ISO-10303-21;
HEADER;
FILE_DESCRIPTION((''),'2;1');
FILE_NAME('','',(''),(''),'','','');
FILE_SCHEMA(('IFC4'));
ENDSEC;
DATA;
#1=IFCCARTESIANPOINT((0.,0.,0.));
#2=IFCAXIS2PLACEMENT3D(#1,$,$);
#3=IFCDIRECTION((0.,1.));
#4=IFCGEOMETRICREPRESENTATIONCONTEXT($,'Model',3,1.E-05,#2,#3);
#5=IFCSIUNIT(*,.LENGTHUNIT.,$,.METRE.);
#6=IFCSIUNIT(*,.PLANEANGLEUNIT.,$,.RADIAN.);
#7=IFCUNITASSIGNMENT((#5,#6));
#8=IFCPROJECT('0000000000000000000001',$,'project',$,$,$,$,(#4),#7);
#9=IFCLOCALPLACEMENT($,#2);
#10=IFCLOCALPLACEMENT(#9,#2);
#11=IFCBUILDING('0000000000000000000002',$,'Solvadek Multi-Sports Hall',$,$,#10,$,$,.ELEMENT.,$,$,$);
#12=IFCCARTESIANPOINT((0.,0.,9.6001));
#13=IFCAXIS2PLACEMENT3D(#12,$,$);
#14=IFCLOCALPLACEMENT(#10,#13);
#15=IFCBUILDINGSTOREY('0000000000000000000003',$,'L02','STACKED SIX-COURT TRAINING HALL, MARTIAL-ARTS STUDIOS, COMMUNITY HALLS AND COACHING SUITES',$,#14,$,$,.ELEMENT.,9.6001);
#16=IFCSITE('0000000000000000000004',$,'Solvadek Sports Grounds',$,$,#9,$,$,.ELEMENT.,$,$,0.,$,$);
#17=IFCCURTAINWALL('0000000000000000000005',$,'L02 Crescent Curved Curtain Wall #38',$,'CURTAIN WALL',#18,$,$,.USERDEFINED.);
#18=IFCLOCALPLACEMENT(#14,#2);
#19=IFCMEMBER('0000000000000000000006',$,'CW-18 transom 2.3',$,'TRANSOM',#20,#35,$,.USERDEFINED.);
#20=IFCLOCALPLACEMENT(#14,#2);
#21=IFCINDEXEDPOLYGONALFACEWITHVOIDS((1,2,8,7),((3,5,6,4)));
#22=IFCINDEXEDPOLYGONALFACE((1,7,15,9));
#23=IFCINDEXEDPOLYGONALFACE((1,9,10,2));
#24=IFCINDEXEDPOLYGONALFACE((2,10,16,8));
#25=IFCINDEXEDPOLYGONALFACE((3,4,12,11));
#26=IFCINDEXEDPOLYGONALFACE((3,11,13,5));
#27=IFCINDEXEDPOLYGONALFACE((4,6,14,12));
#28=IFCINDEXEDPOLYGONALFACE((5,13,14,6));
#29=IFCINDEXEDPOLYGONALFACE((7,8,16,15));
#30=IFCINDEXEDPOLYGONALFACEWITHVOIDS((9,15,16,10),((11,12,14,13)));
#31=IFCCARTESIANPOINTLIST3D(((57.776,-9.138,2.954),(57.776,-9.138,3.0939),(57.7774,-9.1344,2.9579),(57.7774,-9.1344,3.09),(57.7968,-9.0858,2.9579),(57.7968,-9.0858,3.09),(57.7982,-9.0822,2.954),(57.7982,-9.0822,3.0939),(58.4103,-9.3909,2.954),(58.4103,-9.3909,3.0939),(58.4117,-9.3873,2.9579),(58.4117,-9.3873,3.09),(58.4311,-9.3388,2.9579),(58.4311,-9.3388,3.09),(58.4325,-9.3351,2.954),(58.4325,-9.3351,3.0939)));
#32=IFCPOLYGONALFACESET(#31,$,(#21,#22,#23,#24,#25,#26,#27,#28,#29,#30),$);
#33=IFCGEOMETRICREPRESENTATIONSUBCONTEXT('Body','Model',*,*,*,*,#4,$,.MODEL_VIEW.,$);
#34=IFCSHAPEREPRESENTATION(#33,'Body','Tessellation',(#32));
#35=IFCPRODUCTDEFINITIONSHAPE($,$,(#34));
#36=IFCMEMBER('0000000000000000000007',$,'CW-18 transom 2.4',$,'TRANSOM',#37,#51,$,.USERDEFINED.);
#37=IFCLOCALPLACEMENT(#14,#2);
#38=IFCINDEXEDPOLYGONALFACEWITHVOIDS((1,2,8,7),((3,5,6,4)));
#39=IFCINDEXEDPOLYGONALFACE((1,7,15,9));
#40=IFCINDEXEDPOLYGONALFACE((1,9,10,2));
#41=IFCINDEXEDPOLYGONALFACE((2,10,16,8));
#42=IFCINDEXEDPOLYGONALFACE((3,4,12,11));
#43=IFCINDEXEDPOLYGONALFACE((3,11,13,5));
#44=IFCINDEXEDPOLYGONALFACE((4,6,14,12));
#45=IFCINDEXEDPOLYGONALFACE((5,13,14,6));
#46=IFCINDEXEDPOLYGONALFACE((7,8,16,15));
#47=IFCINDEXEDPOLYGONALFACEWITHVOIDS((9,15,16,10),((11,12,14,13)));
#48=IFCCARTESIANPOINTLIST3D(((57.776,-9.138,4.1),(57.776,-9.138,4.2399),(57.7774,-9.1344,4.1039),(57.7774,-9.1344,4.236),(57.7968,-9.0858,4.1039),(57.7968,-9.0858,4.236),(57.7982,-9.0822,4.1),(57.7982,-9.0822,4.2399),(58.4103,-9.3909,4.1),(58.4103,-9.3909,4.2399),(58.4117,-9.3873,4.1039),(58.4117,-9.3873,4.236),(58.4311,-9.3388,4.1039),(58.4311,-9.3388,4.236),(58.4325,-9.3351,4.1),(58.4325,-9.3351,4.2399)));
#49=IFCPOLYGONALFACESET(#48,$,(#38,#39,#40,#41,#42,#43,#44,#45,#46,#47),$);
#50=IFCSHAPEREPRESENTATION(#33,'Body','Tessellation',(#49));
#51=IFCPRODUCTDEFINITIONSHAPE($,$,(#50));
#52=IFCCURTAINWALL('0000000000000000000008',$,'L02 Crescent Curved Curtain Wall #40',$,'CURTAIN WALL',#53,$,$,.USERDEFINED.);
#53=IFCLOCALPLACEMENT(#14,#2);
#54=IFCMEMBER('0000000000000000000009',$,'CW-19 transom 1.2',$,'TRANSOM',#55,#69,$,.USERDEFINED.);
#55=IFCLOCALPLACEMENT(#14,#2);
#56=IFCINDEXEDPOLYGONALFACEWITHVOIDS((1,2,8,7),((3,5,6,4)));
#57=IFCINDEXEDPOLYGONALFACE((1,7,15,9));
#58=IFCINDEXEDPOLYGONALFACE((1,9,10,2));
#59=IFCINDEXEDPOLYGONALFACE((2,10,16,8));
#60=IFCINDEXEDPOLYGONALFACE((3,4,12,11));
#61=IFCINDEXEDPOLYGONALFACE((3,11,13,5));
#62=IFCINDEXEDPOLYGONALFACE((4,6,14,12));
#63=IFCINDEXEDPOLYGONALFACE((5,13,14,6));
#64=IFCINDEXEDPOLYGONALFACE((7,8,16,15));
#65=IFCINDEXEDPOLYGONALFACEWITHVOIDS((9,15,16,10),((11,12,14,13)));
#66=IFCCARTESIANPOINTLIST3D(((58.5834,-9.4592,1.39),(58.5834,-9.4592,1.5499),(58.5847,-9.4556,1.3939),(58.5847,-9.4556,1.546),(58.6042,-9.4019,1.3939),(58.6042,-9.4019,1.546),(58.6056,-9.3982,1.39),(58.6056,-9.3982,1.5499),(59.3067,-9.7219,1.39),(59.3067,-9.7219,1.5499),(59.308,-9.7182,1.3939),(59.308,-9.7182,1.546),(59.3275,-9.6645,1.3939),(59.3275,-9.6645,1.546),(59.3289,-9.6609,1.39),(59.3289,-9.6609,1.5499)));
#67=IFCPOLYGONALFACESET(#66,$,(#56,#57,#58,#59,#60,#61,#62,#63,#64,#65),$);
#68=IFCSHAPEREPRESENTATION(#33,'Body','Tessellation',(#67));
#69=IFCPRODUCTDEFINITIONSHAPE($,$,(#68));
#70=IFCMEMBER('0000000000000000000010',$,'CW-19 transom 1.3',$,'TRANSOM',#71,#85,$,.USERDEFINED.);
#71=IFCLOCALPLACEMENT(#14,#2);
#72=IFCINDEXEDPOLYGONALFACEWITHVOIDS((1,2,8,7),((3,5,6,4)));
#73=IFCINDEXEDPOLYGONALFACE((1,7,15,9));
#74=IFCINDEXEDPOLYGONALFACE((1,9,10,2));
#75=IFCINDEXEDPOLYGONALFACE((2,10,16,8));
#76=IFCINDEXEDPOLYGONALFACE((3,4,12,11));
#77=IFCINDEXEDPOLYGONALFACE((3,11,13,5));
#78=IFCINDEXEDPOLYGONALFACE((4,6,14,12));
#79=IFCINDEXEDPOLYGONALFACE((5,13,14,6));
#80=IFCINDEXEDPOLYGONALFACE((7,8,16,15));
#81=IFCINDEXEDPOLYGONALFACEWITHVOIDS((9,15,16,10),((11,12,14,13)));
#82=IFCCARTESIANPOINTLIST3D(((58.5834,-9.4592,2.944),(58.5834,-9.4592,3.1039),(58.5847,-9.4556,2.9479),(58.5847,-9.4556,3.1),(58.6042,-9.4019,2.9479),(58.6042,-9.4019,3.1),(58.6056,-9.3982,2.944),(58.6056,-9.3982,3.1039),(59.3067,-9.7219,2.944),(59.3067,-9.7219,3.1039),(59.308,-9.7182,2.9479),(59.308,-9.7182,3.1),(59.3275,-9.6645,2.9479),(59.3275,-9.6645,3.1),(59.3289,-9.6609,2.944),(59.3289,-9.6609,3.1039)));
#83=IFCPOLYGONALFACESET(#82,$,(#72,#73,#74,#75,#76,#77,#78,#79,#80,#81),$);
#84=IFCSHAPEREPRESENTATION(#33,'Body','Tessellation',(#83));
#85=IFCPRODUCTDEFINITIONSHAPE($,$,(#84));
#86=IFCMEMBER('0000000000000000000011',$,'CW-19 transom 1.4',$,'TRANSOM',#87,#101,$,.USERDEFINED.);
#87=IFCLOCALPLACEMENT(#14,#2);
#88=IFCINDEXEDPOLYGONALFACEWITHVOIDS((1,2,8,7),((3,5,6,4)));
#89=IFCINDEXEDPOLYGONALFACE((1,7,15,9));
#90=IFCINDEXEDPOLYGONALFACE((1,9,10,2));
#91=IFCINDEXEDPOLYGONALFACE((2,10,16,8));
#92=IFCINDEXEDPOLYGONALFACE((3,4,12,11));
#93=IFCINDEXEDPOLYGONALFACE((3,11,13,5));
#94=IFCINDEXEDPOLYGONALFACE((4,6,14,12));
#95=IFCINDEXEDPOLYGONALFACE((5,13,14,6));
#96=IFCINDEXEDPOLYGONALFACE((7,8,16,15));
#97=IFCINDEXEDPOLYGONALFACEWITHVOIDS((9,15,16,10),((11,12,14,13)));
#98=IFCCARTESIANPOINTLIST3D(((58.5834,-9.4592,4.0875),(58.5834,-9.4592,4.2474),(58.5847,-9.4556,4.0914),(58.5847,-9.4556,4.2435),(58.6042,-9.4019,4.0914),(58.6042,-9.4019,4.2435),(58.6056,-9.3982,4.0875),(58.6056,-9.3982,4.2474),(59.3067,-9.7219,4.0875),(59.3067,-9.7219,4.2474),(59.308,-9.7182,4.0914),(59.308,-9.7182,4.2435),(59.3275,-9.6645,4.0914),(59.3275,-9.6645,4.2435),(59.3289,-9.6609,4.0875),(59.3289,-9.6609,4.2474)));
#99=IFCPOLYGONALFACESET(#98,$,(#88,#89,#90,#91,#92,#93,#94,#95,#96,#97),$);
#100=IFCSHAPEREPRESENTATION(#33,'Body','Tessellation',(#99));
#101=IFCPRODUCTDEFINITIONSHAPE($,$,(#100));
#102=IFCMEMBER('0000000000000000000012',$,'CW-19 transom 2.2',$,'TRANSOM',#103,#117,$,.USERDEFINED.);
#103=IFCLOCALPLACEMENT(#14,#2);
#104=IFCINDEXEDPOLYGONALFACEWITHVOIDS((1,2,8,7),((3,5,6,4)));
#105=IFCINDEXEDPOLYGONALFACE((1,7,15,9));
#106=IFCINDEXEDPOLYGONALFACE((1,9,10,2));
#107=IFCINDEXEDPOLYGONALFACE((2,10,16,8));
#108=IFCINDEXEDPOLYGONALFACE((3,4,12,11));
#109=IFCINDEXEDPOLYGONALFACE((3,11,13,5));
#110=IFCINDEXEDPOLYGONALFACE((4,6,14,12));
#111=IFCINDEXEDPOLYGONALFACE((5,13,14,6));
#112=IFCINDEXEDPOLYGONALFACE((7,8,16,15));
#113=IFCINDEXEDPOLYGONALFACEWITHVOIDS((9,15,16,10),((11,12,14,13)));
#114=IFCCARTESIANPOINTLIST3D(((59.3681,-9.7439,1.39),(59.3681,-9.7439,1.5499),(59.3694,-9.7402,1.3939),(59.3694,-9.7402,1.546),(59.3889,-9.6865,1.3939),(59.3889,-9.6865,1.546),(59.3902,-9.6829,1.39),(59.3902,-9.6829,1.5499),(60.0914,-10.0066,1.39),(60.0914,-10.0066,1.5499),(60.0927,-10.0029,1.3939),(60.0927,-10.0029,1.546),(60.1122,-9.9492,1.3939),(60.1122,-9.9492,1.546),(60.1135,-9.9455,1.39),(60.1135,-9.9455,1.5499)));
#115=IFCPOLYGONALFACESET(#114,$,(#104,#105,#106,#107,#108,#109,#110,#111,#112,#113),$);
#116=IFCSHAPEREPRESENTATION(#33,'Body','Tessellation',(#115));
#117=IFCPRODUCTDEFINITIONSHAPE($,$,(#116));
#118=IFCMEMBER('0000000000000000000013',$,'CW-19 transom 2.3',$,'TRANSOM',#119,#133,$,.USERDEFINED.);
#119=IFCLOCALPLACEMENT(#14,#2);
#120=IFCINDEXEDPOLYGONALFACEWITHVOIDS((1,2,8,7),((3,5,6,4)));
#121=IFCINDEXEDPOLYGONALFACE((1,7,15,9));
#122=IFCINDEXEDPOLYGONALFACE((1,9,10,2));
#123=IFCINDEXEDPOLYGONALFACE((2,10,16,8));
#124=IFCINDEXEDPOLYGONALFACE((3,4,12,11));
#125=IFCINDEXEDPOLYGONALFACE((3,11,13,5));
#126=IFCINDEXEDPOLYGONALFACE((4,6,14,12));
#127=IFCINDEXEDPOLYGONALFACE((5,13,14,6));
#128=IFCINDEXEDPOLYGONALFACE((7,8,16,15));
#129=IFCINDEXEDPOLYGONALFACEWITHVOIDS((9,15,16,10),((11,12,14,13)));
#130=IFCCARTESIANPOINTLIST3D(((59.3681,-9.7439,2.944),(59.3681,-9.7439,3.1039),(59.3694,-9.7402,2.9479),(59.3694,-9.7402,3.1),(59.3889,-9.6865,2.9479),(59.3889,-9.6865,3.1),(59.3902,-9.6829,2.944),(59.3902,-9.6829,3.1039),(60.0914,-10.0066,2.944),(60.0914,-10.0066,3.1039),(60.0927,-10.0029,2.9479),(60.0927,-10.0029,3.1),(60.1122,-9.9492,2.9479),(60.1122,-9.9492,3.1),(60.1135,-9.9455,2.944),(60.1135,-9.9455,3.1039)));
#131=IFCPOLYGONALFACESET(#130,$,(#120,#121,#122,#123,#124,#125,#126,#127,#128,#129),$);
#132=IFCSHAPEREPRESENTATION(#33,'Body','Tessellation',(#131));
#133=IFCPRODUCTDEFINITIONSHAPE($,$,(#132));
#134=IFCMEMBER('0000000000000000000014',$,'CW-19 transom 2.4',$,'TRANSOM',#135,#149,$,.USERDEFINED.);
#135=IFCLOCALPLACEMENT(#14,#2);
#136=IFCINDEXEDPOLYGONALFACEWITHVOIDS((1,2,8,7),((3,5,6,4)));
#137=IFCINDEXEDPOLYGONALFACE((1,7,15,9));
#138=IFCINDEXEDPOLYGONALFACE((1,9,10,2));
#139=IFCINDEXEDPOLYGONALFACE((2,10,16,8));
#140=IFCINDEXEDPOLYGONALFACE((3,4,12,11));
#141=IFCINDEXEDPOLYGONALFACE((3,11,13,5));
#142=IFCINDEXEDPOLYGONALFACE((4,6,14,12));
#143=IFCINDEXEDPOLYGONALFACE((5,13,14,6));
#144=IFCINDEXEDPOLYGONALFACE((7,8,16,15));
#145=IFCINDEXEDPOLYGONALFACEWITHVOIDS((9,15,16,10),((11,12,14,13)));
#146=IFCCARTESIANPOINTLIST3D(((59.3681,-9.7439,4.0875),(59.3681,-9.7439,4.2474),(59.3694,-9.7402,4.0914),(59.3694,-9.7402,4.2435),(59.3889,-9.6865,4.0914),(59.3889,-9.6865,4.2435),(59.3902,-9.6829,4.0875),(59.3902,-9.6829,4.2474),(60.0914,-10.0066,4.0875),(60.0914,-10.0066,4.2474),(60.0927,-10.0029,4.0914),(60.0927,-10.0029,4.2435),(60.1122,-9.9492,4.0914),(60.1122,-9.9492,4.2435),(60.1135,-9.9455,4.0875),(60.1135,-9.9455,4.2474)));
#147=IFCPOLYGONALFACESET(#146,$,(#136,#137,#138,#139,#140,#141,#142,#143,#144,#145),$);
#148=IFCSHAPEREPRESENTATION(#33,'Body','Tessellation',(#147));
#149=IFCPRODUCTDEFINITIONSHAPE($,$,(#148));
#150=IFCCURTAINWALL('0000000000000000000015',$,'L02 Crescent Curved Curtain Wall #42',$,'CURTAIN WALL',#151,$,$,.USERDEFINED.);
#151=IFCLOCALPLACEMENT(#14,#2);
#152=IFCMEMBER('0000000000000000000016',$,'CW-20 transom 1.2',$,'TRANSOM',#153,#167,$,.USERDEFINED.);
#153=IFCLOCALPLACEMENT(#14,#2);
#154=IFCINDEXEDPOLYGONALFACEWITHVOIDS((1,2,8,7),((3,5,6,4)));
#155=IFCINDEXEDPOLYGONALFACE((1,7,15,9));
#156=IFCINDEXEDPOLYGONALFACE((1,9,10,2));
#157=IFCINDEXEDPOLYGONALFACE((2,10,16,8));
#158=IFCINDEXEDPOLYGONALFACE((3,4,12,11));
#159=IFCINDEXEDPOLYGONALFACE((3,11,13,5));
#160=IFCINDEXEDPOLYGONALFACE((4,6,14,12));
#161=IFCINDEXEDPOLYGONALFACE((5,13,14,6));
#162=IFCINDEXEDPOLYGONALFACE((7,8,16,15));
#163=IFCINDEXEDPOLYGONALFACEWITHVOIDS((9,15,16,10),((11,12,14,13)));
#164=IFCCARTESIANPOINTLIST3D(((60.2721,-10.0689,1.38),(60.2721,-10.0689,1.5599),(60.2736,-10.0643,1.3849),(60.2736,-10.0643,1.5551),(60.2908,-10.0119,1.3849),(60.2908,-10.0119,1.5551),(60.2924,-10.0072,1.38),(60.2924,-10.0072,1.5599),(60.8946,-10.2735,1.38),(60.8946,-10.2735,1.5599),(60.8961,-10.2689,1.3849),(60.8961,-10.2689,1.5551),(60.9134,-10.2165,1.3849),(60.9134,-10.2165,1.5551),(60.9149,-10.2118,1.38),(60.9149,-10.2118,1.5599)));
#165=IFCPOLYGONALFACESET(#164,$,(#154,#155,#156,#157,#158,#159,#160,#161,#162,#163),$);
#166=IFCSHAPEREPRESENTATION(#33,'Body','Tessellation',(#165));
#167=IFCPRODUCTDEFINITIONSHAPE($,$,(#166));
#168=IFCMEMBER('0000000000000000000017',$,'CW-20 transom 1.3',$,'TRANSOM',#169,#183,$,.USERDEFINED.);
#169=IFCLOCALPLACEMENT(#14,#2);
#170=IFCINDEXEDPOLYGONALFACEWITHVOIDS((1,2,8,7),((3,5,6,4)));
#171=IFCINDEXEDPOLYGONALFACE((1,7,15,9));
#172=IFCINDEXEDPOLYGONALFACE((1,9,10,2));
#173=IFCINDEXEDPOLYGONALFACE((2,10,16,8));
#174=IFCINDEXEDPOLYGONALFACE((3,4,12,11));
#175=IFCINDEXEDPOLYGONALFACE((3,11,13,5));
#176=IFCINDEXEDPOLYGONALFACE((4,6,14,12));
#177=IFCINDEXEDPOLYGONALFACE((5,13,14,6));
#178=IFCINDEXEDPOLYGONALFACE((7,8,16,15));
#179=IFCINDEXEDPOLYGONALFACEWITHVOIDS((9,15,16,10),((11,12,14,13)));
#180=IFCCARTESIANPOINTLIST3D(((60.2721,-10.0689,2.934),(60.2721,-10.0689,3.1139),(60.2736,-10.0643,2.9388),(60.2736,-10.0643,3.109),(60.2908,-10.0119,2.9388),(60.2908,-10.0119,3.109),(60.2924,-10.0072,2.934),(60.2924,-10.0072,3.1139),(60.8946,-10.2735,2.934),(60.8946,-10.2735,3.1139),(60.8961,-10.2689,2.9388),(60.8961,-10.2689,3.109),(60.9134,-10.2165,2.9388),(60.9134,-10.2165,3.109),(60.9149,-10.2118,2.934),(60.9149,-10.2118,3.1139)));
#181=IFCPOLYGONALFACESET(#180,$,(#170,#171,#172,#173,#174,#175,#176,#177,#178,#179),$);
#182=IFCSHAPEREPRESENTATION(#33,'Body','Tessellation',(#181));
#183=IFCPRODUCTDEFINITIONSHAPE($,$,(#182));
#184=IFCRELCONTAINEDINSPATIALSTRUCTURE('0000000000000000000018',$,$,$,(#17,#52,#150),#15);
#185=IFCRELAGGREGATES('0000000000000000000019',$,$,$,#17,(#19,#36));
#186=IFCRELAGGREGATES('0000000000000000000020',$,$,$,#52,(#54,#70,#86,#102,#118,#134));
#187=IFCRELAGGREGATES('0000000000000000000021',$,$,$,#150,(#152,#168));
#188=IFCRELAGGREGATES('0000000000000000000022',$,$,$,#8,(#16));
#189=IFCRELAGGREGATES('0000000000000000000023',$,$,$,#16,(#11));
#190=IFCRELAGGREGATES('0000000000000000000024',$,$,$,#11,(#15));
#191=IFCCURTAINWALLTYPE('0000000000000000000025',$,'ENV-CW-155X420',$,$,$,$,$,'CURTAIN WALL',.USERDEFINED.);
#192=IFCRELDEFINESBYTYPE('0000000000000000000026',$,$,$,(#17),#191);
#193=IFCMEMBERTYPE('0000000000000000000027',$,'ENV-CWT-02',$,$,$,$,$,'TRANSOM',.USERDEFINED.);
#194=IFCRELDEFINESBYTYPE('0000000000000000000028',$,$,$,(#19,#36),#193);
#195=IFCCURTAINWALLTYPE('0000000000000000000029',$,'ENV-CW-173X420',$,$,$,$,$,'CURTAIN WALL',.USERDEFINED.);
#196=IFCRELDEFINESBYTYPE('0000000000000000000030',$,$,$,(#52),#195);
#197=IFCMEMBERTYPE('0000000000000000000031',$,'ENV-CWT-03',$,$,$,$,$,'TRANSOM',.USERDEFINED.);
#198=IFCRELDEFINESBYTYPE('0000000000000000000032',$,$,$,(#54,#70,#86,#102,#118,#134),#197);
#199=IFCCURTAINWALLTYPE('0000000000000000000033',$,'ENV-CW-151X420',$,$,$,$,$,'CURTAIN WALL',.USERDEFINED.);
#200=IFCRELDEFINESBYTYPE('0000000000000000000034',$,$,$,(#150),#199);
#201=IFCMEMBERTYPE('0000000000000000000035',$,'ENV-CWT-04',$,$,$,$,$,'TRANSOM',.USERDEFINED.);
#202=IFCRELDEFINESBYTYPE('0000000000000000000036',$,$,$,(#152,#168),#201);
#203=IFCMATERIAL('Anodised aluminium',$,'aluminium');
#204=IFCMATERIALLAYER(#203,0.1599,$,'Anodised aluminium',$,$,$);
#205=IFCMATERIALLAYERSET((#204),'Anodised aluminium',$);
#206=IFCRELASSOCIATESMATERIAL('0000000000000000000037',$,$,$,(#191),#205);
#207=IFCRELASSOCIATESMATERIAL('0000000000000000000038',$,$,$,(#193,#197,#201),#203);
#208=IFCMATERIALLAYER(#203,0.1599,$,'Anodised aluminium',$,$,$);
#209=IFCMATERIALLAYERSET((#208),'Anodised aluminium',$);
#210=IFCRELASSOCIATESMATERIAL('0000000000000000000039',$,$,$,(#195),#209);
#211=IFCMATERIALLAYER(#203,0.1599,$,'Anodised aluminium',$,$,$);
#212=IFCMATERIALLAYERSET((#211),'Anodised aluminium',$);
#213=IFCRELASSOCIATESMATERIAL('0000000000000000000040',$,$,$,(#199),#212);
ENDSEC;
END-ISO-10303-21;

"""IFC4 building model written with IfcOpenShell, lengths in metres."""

from ifc_helpers import new_model, si_unit, direction, frame, origin, origin_2d, place, context, subcontext, project, spatial, hollow_rectangle, extrude, material, layer, layer_set, material_profile, profile_set, type_object, element, aggregate, save


model = new_model("IFC4")

# Units and contexts
model_context = context("Model", 3, precision=1e-05, world=origin(), true_north=direction((0.0, 1.0)))
body_context = subcontext(model_context, "Body", "Model", "MODEL_VIEW")
ifc_project = project(units=[si_unit("LENGTHUNIT", "METRE"), si_unit("PLANEANGLEUNIT", "RADIAN")], contexts=[model_context])

# Site, building, storey
site_placement = place(None, origin())
site = spatial("IfcSite", under=ifc_project, at=site_placement, Name="Solvadek Sports Grounds", CompositionType="ELEMENT", RefElevation=0.0)
building_placement = place(site_placement, origin())
building = spatial("IfcBuilding", under=site, at=building_placement, Name="Solvadek Multi-Sports Hall", CompositionType="ELEMENT")
storey_placement = place(building_placement, frame((0.0, 0.0, 9.6001)))
storey = spatial("IfcBuildingStorey", under=building, at=storey_placement, Name="L02", Description="STACKED SIX-COURT TRAINING HALL, MARTIAL-ARTS STUDIOS, COMMUNITY HALLS AND COACHING SUITES", CompositionType="ELEMENT", Elevation=9.6001)

# Curtain walls, members
ifc_material_1 = material(Name="Anodised aluminium", Category="aluminium")
ifc_layer_1 = layer(ifc_material_1, 0.1599, Name="Anodised aluminium")
ifc_layer_set_1 = layer_set([ifc_layer_1], Name="Anodised aluminium")
curtain_wall_type_1 = type_object("IfcCurtainWallType", Name="ENV-CW-155X420", ElementType="CURTAIN WALL", PredefinedType="USERDEFINED", material=ifc_layer_set_1)
curtain_wall_1_placement = place(storey_placement, origin())
curtain_wall_1 = element("IfcCurtainWall", 1, at=curtain_wall_1_placement, inside=storey, type_object=curtain_wall_type_1, Name="L02 Crescent Curved Curtain Wall #38", ObjectType="CURTAIN WALL", PredefinedType="USERDEFINED")
ifc_material_profile_1 = material_profile(ifc_material_1, hollow_rectangle(XDim=0.0601, YDim=0.1399, WallThickness=0.0039, at=origin_2d()), Name="ALU-T 140x60x4")
ifc_profile_set_1 = profile_set([ifc_material_profile_1], Name="Anodised aluminium")
member_type_1 = type_object("IfcMemberType", Name="ENV-CWT-02", ElementType="TRANSOM", PredefinedType="USERDEFINED", material=ifc_profile_set_1)
member_1_placement = place(storey_placement, frame((57.7871, -9.1101, 3.0239), z_axis=(0.928871, -0.370404, 0.0), x_axis=(0.370404, 0.928871, 0.0)))
member_1 = element("IfcMember", 2, at=member_1_placement, type_object=member_type_1, Name="CW-18 transom 2.3", ObjectType="TRANSOM", PredefinedType="USERDEFINED", context=body_context, shape_type="SweptSolid", body=[
    extrude(hollow_rectangle(XDim=0.0601, YDim=0.1399, WallThickness=0.0039, at=origin_2d()), origin(), (0.0, 0.0, 1.0), 0.6829),
])
member_2_placement = place(storey_placement, frame((57.7871, -9.1101, 4.1699), z_axis=(0.928871, -0.370404, 0.0), x_axis=(0.370404, 0.928871, 0.0)))
member_2 = element("IfcMember", 3, at=member_2_placement, type_object=member_type_1, Name="CW-18 transom 2.4", ObjectType="TRANSOM", PredefinedType="USERDEFINED", context=body_context, shape_type="SweptSolid", body=[
    extrude(hollow_rectangle(XDim=0.0601, YDim=0.1399, WallThickness=0.0039, at=origin_2d()), origin(), (0.0, 0.0, 1.0), 0.6829),
])
ifc_layer_2 = layer(ifc_material_1, 0.1599, Name="Anodised aluminium")
ifc_layer_set_2 = layer_set([ifc_layer_2], Name="Anodised aluminium")
curtain_wall_type_2 = type_object("IfcCurtainWallType", Name="ENV-CW-173X420", ElementType="CURTAIN WALL", PredefinedType="USERDEFINED", material=ifc_layer_set_2)
curtain_wall_2_placement = place(storey_placement, origin())
curtain_wall_2 = element("IfcCurtainWall", 4, at=curtain_wall_2_placement, inside=storey, type_object=curtain_wall_type_2, Name="L02 Crescent Curved Curtain Wall #40", ObjectType="CURTAIN WALL", PredefinedType="USERDEFINED")
ifc_material_profile_2 = material_profile(ifc_material_1, hollow_rectangle(XDim=0.0649, YDim=0.1599, WallThickness=0.0039, at=origin_2d()), Name="ALU-T 160x65x4")
ifc_profile_set_2 = profile_set([ifc_material_profile_2], Name="Anodised aluminium")
member_type_2 = type_object("IfcMemberType", Name="ENV-CWT-03", ElementType="TRANSOM", PredefinedType="USERDEFINED", material=ifc_profile_set_2)
member_3_placement = place(storey_placement, frame((58.5945, -9.4287, 1.47), z_axis=(0.939942, -0.341335, 0.0), x_axis=(0.341335, 0.939942, 0.0)))
member_3 = element("IfcMember", 5, at=member_3_placement, type_object=member_type_2, Name="CW-19 transom 1.2", ObjectType="TRANSOM", PredefinedType="USERDEFINED", context=body_context, shape_type="SweptSolid", body=[
    extrude(hollow_rectangle(XDim=0.0649, YDim=0.1599, WallThickness=0.0039, at=origin_2d()), origin(), (0.0, 0.0, 1.0), 0.7695),
])
member_4_placement = place(storey_placement, frame((58.5945, -9.4287, 3.0239), z_axis=(0.939942, -0.341335, 0.0), x_axis=(0.341335, 0.939942, 0.0)))
member_4 = element("IfcMember", 6, at=member_4_placement, type_object=member_type_2, Name="CW-19 transom 1.3", ObjectType="TRANSOM", PredefinedType="USERDEFINED", context=body_context, shape_type="SweptSolid", body=[
    extrude(hollow_rectangle(XDim=0.0649, YDim=0.1599, WallThickness=0.0039, at=origin_2d()), origin(), (0.0, 0.0, 1.0), 0.7695),
])
member_5_placement = place(storey_placement, frame((58.5945, -9.4287, 4.1675), z_axis=(0.939942, -0.341335, 0.0), x_axis=(0.341335, 0.939942, 0.0)))
member_5 = element("IfcMember", 7, at=member_5_placement, type_object=member_type_2, Name="CW-19 transom 1.4", ObjectType="TRANSOM", PredefinedType="USERDEFINED", context=body_context, shape_type="SweptSolid", body=[
    extrude(hollow_rectangle(XDim=0.0649, YDim=0.1599, WallThickness=0.0039, at=origin_2d()), origin(), (0.0, 0.0, 1.0), 0.7695),
])
member_6_placement = place(storey_placement, frame((59.3792, -9.7134, 1.47), z_axis=(0.939942, -0.341335, 0.0), x_axis=(0.341335, 0.939942, 0.0)))
member_6 = element("IfcMember", 8, at=member_6_placement, type_object=member_type_2, Name="CW-19 transom 2.2", ObjectType="TRANSOM", PredefinedType="USERDEFINED", context=body_context, shape_type="SweptSolid", body=[
    extrude(hollow_rectangle(XDim=0.0649, YDim=0.1599, WallThickness=0.0039, at=origin_2d()), origin(), (0.0, 0.0, 1.0), 0.7695),
])
member_7_placement = place(storey_placement, frame((59.3792, -9.7134, 3.0239), z_axis=(0.939942, -0.341335, 0.0), x_axis=(0.341335, 0.939942, 0.0)))
member_7 = element("IfcMember", 9, at=member_7_placement, type_object=member_type_2, Name="CW-19 transom 2.3", ObjectType="TRANSOM", PredefinedType="USERDEFINED", context=body_context, shape_type="SweptSolid", body=[
    extrude(hollow_rectangle(XDim=0.0649, YDim=0.1599, WallThickness=0.0039, at=origin_2d()), origin(), (0.0, 0.0, 1.0), 0.7695),
])
member_8_placement = place(storey_placement, frame((59.3792, -9.7134, 4.1675), z_axis=(0.939942, -0.341335, 0.0), x_axis=(0.341335, 0.939942, 0.0)))
member_8 = element("IfcMember", 10, at=member_8_placement, type_object=member_type_2, Name="CW-19 transom 2.4", ObjectType="TRANSOM", PredefinedType="USERDEFINED", context=body_context, shape_type="SweptSolid", body=[
    extrude(hollow_rectangle(XDim=0.0649, YDim=0.1599, WallThickness=0.0039, at=origin_2d()), origin(), (0.0, 0.0, 1.0), 0.7695),
])
ifc_layer_3 = layer(ifc_material_1, 0.1599, Name="Anodised aluminium")
ifc_layer_set_3 = layer_set([ifc_layer_3], Name="Anodised aluminium")
curtain_wall_type_3 = type_object("IfcCurtainWallType", Name="ENV-CW-151X420", ElementType="CURTAIN WALL", PredefinedType="USERDEFINED", material=ifc_layer_set_3)
curtain_wall_3_placement = place(storey_placement, origin())
curtain_wall_3 = element("IfcCurtainWall", 11, at=curtain_wall_3_placement, inside=storey, type_object=curtain_wall_type_3, Name="L02 Crescent Curved Curtain Wall #42", ObjectType="CURTAIN WALL", PredefinedType="USERDEFINED")
ifc_material_profile_3 = material_profile(ifc_material_1, hollow_rectangle(XDim=0.0649, YDim=0.1799, WallThickness=0.0049, at=origin_2d()), Name="ALU-T 180x65x5")
ifc_profile_set_3 = profile_set([ifc_material_profile_3], Name="Anodised aluminium")
member_type_3 = type_object("IfcMemberType", Name="ENV-CWT-04", ElementType="TRANSOM", PredefinedType="USERDEFINED", material=ifc_profile_set_3)
member_9_placement = place(storey_placement, frame((60.2822, -10.0381, 1.47), z_axis=(0.950016, -0.312201, 0.0), x_axis=(0.312201, 0.950016, 0.0)))
member_9 = element("IfcMember", 12, at=member_9_placement, type_object=member_type_3, Name="CW-20 transom 1.2", ObjectType="TRANSOM", PredefinedType="USERDEFINED", context=body_context, shape_type="SweptSolid", body=[
    extrude(hollow_rectangle(XDim=0.0649, YDim=0.1799, WallThickness=0.0049, at=origin_2d()), origin(), (0.0, 0.0, 1.0), 0.6553),
])
member_10_placement = place(storey_placement, frame((60.2822, -10.0381, 3.0239), z_axis=(0.950016, -0.312201, 0.0), x_axis=(0.312201, 0.950016, 0.0)))
member_10 = element("IfcMember", 13, at=member_10_placement, type_object=member_type_3, Name="CW-20 transom 1.3", ObjectType="TRANSOM", PredefinedType="USERDEFINED", context=body_context, shape_type="SweptSolid", body=[
    extrude(hollow_rectangle(XDim=0.0649, YDim=0.1799, WallThickness=0.0049, at=origin_2d()), origin(), (0.0, 0.0, 1.0), 0.6553),
])

aggregate(curtain_wall_1, [member_1, member_2])
aggregate(curtain_wall_2, [member_3, member_4, member_5, member_6, member_7, member_8])
aggregate(curtain_wall_3, [member_9, member_10])

save(model, "model.ifc")
